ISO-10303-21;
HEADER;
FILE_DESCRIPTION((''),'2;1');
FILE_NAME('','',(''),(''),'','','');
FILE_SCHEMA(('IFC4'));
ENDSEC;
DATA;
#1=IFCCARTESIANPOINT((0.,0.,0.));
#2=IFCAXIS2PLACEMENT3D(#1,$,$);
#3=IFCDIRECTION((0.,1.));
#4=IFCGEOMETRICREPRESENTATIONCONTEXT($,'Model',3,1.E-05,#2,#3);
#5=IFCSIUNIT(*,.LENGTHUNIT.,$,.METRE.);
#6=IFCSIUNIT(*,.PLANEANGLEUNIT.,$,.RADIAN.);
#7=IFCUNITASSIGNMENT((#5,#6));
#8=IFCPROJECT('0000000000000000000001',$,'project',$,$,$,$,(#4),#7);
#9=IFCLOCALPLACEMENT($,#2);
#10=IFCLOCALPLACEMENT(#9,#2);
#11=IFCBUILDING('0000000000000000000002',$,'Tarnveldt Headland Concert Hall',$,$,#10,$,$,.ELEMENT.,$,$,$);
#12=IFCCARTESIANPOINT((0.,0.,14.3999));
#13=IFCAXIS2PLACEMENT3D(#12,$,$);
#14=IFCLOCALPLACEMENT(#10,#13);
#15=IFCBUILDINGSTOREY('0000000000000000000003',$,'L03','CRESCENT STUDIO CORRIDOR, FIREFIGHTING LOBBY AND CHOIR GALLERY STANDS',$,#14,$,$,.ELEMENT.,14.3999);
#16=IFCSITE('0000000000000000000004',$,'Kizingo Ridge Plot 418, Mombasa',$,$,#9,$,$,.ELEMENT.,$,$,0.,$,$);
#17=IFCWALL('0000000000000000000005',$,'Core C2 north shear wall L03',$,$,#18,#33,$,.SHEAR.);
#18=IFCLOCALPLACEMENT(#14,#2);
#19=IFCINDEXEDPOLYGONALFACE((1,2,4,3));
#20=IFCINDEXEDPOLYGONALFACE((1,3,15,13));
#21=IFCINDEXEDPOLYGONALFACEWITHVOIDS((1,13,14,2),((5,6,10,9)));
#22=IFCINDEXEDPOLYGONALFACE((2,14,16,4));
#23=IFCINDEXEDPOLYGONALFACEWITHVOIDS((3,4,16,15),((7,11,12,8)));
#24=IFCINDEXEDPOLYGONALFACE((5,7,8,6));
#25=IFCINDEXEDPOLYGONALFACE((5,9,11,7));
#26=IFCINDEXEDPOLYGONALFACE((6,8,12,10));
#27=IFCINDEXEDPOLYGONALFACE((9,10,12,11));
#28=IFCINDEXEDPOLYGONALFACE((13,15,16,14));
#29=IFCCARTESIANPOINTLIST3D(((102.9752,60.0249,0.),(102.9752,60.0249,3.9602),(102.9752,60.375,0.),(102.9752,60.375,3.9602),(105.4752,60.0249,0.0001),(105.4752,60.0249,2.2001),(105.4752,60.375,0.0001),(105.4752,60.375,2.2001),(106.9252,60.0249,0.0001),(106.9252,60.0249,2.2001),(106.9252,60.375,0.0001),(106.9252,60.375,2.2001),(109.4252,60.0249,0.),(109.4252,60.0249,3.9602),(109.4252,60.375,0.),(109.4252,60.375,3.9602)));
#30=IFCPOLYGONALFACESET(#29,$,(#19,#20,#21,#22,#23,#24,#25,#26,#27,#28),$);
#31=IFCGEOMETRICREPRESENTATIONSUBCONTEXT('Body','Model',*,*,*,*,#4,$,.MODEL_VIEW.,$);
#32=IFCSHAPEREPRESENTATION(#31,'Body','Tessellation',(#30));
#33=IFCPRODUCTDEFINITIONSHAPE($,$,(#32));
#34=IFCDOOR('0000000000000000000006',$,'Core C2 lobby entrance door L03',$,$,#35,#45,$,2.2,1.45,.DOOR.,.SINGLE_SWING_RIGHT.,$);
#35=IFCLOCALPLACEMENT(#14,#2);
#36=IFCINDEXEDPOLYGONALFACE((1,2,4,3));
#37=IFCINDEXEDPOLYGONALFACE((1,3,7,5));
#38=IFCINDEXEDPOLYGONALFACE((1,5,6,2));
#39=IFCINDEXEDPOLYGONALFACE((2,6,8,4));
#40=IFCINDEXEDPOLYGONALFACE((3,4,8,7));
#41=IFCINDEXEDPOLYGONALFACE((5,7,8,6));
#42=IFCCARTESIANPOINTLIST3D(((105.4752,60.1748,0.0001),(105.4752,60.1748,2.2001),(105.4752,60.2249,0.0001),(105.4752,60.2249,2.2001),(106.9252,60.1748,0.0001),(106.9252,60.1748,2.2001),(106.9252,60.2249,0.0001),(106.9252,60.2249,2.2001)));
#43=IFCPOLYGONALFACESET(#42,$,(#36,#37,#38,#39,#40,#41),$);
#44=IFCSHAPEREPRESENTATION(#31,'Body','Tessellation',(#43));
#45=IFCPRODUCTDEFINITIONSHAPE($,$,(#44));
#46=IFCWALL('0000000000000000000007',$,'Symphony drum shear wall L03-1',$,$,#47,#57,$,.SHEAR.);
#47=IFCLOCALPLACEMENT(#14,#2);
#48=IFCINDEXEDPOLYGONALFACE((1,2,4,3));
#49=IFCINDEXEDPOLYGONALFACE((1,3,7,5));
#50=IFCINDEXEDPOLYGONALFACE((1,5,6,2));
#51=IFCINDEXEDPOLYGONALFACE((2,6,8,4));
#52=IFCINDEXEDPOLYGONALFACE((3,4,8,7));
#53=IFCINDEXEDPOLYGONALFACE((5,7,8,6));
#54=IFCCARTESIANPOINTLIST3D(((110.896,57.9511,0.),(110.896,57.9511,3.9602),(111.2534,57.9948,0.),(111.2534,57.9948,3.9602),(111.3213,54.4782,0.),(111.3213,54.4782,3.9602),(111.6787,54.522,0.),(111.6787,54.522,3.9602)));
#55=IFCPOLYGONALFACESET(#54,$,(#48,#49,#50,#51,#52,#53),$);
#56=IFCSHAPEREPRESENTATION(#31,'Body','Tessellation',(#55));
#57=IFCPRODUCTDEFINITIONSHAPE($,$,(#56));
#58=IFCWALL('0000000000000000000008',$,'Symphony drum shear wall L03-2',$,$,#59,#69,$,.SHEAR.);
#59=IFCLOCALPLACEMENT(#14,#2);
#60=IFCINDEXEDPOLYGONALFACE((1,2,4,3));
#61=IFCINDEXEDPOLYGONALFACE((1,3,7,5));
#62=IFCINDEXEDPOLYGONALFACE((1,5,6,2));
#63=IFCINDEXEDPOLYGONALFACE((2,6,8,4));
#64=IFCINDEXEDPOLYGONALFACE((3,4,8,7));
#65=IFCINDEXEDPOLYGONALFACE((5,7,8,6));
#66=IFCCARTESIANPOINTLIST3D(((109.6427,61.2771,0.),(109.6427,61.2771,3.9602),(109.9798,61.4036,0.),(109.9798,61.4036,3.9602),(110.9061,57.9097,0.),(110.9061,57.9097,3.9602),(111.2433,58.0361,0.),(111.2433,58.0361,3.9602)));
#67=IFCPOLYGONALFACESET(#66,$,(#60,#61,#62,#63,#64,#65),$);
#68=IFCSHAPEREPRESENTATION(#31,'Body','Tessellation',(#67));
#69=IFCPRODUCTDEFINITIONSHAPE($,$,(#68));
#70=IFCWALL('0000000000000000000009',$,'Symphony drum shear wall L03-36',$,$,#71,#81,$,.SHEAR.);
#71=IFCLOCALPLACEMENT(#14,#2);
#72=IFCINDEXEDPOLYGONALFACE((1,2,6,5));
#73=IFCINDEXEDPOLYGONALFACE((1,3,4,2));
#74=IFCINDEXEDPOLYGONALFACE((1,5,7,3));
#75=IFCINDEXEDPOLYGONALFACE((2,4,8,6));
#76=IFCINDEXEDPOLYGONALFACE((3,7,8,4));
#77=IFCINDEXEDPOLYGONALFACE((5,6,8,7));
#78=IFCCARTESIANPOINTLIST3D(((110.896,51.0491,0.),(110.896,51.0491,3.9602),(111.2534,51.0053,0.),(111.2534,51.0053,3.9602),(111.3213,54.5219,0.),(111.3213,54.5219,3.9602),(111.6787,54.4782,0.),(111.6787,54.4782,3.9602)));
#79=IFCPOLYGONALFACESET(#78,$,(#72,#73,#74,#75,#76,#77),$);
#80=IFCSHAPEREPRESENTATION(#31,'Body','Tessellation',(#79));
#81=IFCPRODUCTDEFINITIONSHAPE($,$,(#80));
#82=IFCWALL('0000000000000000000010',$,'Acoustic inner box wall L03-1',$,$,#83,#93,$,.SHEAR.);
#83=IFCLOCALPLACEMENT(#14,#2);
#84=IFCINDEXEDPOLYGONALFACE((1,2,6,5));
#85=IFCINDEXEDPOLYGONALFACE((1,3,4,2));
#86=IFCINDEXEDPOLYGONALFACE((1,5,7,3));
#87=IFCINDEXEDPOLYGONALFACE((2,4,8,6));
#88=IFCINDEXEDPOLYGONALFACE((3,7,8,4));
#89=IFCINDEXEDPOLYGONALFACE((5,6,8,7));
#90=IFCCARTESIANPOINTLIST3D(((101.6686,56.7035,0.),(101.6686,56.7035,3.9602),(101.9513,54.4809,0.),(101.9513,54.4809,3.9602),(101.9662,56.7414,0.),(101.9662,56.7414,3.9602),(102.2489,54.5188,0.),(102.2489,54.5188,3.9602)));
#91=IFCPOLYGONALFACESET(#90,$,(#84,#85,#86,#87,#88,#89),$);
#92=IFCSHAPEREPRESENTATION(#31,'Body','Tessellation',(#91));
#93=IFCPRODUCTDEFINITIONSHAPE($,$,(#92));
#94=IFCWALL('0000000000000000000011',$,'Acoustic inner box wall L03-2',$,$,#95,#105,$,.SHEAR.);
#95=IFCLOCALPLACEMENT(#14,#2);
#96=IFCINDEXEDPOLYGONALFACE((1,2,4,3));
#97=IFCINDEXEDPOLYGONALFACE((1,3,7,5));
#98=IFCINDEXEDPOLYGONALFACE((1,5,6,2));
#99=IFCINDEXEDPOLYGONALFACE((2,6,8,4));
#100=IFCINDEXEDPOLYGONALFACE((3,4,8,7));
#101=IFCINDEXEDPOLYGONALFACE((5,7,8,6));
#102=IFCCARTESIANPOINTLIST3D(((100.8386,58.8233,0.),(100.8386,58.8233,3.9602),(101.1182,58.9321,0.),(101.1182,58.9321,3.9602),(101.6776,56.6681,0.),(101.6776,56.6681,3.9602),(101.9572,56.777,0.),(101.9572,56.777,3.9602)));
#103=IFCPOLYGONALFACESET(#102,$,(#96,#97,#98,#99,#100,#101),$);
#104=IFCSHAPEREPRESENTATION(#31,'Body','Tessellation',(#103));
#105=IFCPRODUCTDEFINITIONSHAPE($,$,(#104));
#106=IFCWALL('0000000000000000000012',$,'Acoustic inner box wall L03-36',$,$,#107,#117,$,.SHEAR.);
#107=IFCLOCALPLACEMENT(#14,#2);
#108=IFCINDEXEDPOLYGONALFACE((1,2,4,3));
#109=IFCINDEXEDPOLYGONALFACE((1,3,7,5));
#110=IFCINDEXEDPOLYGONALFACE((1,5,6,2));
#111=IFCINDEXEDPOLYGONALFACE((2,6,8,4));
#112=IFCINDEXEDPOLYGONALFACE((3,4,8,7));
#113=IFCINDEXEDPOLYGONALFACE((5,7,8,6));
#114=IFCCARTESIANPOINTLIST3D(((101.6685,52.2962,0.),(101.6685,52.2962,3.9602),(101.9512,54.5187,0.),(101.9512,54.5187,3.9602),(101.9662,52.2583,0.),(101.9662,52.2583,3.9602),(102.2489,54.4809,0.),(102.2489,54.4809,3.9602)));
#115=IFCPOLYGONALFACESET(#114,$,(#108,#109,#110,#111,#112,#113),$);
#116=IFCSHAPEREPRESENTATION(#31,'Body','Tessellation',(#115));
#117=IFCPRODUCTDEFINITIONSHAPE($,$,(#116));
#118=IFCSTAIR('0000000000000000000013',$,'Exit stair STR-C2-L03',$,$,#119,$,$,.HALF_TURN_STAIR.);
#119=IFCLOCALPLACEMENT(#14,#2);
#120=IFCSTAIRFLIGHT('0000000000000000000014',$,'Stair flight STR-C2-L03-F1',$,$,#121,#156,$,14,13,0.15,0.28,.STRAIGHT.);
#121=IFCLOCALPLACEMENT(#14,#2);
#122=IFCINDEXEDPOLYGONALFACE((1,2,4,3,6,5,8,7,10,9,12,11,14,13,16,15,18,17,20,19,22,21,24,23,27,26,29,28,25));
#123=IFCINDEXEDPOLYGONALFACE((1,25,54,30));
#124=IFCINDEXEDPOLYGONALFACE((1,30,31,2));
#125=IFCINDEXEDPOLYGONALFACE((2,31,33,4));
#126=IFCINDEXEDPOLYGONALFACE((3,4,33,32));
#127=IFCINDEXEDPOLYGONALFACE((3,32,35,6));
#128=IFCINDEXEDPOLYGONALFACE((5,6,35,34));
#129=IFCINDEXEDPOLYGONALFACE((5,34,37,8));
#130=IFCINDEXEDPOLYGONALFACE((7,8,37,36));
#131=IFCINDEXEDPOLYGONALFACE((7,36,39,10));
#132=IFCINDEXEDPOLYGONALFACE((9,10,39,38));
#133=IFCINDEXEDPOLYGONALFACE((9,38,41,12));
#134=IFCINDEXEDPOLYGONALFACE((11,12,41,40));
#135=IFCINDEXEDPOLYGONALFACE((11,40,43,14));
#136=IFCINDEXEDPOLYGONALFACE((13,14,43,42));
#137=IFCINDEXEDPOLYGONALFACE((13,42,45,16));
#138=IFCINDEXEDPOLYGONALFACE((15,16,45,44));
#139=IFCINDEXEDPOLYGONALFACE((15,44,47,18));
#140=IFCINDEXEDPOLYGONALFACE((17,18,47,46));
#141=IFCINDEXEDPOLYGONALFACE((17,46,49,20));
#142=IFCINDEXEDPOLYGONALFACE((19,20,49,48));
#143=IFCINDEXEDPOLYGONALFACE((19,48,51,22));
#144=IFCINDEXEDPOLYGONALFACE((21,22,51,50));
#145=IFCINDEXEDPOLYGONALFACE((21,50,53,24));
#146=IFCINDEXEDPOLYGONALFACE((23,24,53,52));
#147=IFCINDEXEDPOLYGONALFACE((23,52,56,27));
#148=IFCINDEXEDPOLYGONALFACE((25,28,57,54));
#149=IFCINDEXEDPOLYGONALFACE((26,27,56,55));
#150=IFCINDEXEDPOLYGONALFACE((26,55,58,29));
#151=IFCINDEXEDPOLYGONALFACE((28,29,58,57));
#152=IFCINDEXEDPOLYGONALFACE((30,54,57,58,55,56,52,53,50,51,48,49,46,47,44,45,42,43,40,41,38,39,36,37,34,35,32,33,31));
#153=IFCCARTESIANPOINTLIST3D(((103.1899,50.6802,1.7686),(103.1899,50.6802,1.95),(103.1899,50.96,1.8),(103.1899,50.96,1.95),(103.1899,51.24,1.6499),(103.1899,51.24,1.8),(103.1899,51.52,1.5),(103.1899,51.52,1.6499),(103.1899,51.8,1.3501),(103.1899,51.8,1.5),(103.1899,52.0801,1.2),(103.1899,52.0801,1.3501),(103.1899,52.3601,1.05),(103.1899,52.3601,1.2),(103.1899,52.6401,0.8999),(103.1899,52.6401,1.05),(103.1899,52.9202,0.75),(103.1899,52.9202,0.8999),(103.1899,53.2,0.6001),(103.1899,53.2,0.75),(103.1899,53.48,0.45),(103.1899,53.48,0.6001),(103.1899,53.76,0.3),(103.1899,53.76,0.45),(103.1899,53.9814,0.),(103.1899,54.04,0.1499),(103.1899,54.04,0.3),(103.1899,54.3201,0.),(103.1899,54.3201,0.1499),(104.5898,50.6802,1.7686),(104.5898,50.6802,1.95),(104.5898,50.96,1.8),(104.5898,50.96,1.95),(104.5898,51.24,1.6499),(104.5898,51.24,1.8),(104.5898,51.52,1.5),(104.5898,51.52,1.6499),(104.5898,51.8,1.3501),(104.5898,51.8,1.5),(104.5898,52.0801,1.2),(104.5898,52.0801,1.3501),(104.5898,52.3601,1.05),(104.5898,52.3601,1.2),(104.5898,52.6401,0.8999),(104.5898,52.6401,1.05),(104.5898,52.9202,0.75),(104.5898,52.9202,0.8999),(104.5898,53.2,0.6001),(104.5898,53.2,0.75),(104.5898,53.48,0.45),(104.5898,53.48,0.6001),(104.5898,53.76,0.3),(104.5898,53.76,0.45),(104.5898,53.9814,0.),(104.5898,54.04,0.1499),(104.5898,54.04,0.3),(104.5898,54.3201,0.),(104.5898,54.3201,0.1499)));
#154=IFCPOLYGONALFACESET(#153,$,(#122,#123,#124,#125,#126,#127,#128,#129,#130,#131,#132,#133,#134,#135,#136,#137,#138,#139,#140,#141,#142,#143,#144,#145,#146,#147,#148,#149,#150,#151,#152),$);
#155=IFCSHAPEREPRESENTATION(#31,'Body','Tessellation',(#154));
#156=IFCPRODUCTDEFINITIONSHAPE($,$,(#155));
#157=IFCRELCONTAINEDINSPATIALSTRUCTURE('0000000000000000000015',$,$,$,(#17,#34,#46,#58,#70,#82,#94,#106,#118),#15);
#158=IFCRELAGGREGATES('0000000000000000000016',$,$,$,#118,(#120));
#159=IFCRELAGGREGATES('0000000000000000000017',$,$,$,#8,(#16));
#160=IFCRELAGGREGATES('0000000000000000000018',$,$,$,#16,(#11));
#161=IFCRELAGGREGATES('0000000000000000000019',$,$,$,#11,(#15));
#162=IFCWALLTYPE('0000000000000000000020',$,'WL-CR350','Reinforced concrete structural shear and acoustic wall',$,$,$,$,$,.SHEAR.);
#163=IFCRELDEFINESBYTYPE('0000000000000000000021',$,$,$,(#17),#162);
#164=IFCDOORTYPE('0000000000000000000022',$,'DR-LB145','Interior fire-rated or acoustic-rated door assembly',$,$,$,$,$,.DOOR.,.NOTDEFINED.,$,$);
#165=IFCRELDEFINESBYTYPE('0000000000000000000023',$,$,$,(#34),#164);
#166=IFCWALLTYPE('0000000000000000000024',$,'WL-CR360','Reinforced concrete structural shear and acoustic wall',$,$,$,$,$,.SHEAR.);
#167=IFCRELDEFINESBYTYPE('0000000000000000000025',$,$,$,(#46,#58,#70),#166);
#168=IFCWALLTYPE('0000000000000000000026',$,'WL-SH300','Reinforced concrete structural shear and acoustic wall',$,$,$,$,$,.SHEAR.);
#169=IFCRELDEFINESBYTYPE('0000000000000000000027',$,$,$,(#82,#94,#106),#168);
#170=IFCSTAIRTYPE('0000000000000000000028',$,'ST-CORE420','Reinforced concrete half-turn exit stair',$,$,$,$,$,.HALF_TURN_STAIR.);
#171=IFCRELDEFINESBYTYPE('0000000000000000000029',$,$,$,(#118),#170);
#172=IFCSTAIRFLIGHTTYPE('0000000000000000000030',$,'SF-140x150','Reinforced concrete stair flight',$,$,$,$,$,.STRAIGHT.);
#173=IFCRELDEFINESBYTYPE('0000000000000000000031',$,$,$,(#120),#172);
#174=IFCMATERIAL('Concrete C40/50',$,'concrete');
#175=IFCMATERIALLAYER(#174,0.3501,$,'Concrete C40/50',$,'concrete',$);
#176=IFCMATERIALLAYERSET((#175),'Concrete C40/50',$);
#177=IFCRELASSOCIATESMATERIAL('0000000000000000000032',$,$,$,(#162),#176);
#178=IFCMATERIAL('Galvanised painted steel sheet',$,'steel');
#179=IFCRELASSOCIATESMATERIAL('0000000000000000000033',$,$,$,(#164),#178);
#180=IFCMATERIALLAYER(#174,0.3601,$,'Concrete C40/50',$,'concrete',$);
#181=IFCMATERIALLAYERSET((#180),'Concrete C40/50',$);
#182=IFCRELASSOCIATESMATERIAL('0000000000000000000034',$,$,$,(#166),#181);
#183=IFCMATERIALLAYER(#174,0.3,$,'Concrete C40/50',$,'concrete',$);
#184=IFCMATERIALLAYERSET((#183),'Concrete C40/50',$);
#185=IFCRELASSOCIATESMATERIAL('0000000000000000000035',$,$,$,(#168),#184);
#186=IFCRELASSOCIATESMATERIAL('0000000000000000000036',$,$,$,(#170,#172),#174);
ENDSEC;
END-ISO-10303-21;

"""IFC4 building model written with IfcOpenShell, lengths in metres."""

from ifc_helpers import new_model, si_unit, direction, frame, frame_2d, origin, place, context, subcontext, project, spatial, polyline, rectangle, outline, extrude, material, layer, layer_set, type_object, element, fill, aggregate, save


model = new_model("IFC4")

# Units and contexts
model_context = context("Model", 3, precision=1e-05, world=origin(), true_north=direction((0.0, 1.0)))
body_context = subcontext(model_context, "Body", "Model", "MODEL_VIEW")
ifc_project = project(units=[si_unit("LENGTHUNIT", "METRE"), si_unit("PLANEANGLEUNIT", "RADIAN")], contexts=[model_context])

# Site, building, storey
site_placement = place(None, origin())
site = spatial("IfcSite", under=ifc_project, at=site_placement, Name="Kizingo Ridge Plot 418, Mombasa", CompositionType="ELEMENT", RefElevation=0.0)
building_placement = place(site_placement, origin())
building = spatial("IfcBuilding", under=site, at=building_placement, Name="Tarnveldt Headland Concert Hall", CompositionType="ELEMENT")
storey_placement = place(building_placement, frame((0.0, 0.0, 14.3999)))
storey = spatial("IfcBuildingStorey", under=building, at=storey_placement, Name="L03", Description="CRESCENT STUDIO CORRIDOR, FIREFIGHTING LOBBY AND CHOIR GALLERY STANDS", CompositionType="ELEMENT", Elevation=14.3999)

# Shared definitions
ifc_material_1 = material(Name="Concrete C40/50", Category="concrete")

# Wall, opening, door
ifc_layer_1 = layer(ifc_material_1, 0.3501, Name="Concrete C40/50", Category="concrete")
ifc_layer_set_1 = layer_set([ifc_layer_1], Name="Concrete C40/50")
wall_type_1 = type_object("IfcWallType", Name="WL-CR350", Description="Reinforced concrete structural shear and acoustic wall", PredefinedType="SHEAR", material=ifc_layer_set_1)
wall_1_placement = place(storey_placement, frame((102.9751, 60.2, 0.0), z_axis=(0.0, 0.0, 1.0), x_axis=(1.0, 0.0, 0.0)))
wall_1 = element("IfcWall", 1, at=wall_1_placement, inside=storey, type_object=wall_type_1, Name="Core C2 north shear wall L03", PredefinedType="SHEAR", context=body_context, shape_type="SweptSolid", body=[
    extrude(rectangle(XDim=6.45, YDim=0.3501, at=frame_2d((3.2251, 0.0))), origin(), (0.0, 0.0, 1.0), 3.9602),
])
opening_1_placement = place(wall_1_placement, frame((2.5, 0.0, 0.0)))
opening_1 = element("IfcOpeningElement", 2, at=opening_1_placement, cuts=wall_1, PredefinedType="OPENING", context=body_context, shape_type="SweptSolid", body=[
    extrude(rectangle(XDim=1.45, YDim=2.2, at=frame_2d((0.7251, 1.1001))), frame((0.0, 0.1851, 0.0), z_axis=(0.0, -1.0, 0.0), x_axis=(1.0, 0.0, 0.0)), (0.0, 0.0, 1.0), 0.3701),
])
ifc_material_2 = material(Name="Galvanised painted steel sheet", Category="steel")
door_type_1 = type_object("IfcDoorType", Name="DR-LB145", Description="Interior fire-rated or acoustic-rated door assembly", OperationType="NOTDEFINED", PredefinedType="DOOR", material=ifc_material_2)
door_1_placement = place(opening_1_placement, origin())
door_1 = element("IfcDoor", 3, at=door_1_placement, inside=storey, type_object=door_type_1, Name="Core C2 lobby entrance door L03", OperationType="SINGLE_SWING_RIGHT", OverallHeight=2.2, OverallWidth=1.45, PredefinedType="DOOR", context=body_context, shape_type="SweptSolid", body=[
    extrude(rectangle(XDim=1.45, YDim=2.2, at=frame_2d((0.7251, 1.1001))), frame((0.0, 0.0249, 0.0), z_axis=(0.0, -1.0, 0.0), x_axis=(1.0, 0.0, 0.0)), (0.0, 0.0, 1.0), 0.05),
])
fill(opening_1, door_1)

# Walls
ifc_layer_2 = layer(ifc_material_1, 0.3601, Name="Concrete C40/50", Category="concrete")
ifc_layer_set_2 = layer_set([ifc_layer_2], Name="Concrete C40/50")
wall_type_2 = type_object("IfcWallType", Name="WL-CR360", Description="Reinforced concrete structural shear and acoustic wall", PredefinedType="SHEAR", material=ifc_layer_set_2)
wall_2_placement = place(storey_placement, frame((111.5, 54.5, 0.0), z_axis=(0.0, 0.0, 1.0), x_axis=(-0.121552, 0.992585, 0.0)))
element("IfcWall", 4, at=wall_2_placement, inside=storey, type_object=wall_type_2, Name="Symphony drum shear wall L03-1", PredefinedType="SHEAR", context=body_context, shape_type="SweptSolid", body=[
    extrude(rectangle(XDim=3.4988, YDim=0.3601, at=frame_2d((1.7495, 0.0))), origin(), (0.0, 0.0, 1.0), 3.9602),
])
wall_3_placement = place(storey_placement, frame((111.0747, 57.9729, 0.0), z_axis=(0.0, 0.0, 1.0), x_axis=(-0.35128, 0.936271, 0.0)))
element("IfcWall", 5, at=wall_3_placement, inside=storey, type_object=wall_type_2, Name="Symphony drum shear wall L03-2", PredefinedType="SHEAR", context=body_context, shape_type="SweptSolid", body=[
    extrude(rectangle(XDim=3.5967, YDim=0.3601, at=frame_2d((1.7983, 0.0))), origin(), (0.0, 0.0, 1.0), 3.9602),
])
wall_4_placement = place(storey_placement, frame((111.0747, 51.0271, 0.0), z_axis=(0.0, 0.0, 1.0), x_axis=(0.121552, 0.992585, 0.0)))
element("IfcWall", 6, at=wall_4_placement, inside=storey, type_object=wall_type_2, Name="Symphony drum shear wall L03-36", PredefinedType="SHEAR", context=body_context, shape_type="SweptSolid", body=[
    extrude(rectangle(XDim=3.4988, YDim=0.3601, at=frame_2d((1.7495, 0.0))), origin(), (0.0, 0.0, 1.0), 3.9602),
])

# Walls
ifc_layer_3 = layer(ifc_material_1, 0.3, Name="Concrete C40/50", Category="concrete")
ifc_layer_set_3 = layer_set([ifc_layer_3], Name="Concrete C40/50")
wall_type_3 = type_object("IfcWallType", Name="WL-SH300", Description="Reinforced concrete structural shear and acoustic wall", PredefinedType="SHEAR", material=ifc_layer_set_3)
wall_5_placement = place(storey_placement, frame((102.1001, 54.5, 0.0), z_axis=(0.0, 0.0, 1.0), x_axis=(-0.12618, 0.992007, 0.0)))
element("IfcWall", 7, at=wall_5_placement, inside=storey, type_object=wall_type_3, Name="Acoustic inner box wall L03-1", PredefinedType="SHEAR", context=body_context, shape_type="SweptSolid", body=[
    extrude(rectangle(XDim=2.2405, YDim=0.3, at=frame_2d((1.1201, 0.0))), origin(), (0.0, 0.0, 1.0), 3.9602),
])
wall_6_placement = place(storey_placement, frame((101.8174, 56.7227, 0.0), z_axis=(0.0, 0.0, 1.0), x_axis=(-0.362803, 0.931866, 0.0)))
element("IfcWall", 8, at=wall_6_placement, inside=storey, type_object=wall_type_3, Name="Acoustic inner box wall L03-2", PredefinedType="SHEAR", context=body_context, shape_type="SweptSolid", body=[
    extrude(rectangle(XDim=2.3127, YDim=0.3, at=frame_2d((1.1562, 0.0))), origin(), (0.0, 0.0, 1.0), 3.9602),
])
wall_7_placement = place(storey_placement, frame((101.8174, 52.2773, 0.0), z_axis=(0.0, 0.0, 1.0), x_axis=(0.12618, 0.992007, 0.0)))
element("IfcWall", 9, at=wall_7_placement, inside=storey, type_object=wall_type_3, Name="Acoustic inner box wall L03-36", PredefinedType="SHEAR", context=body_context, shape_type="SweptSolid", body=[
    extrude(rectangle(XDim=2.2405, YDim=0.3, at=frame_2d((1.1201, 0.0))), origin(), (0.0, 0.0, 1.0), 3.9602),
])

# Stair, stair flight
stair_type = type_object("IfcStairType", Name="ST-CORE420", Description="Reinforced concrete half-turn exit stair", PredefinedType="HALF_TURN_STAIR", material=ifc_material_1)
stair_placement = place(storey_placement, origin())
stair = element("IfcStair", 10, at=stair_placement, inside=storey, type_object=stair_type, Name="Exit stair STR-C2-L03", PredefinedType="HALF_TURN_STAIR")
stair_flight_type = type_object("IfcStairFlightType", Name="SF-140x150", Description="Reinforced concrete stair flight", PredefinedType="STRAIGHT", material=ifc_material_1)
stair_flight_1_placement = place(storey_placement, frame((103.8899, 54.3201, 0.0), z_axis=(0.0, 0.0, 1.0), x_axis=(0.0, -1.0, 0.0)))
stair_flight_1 = element("IfcStairFlight", 11, at=stair_flight_1_placement, type_object=stair_flight_type, Name="Stair flight STR-C2-L03-F1", NumberOfRisers=14, NumberOfTreads=13, PredefinedType="STRAIGHT", RiserHeight=0.15, TreadLength=0.28, context=body_context, shape_type="SweptSolid", body=[
    extrude(outline(polyline([(0.0, 0.0), (0.0, 0.1499), (0.28, 0.1499), (0.28, 0.3), (0.5601, 0.3), (0.5601, 0.45), (0.8401, 0.45), (0.8401, 0.6001), (1.1201, 0.6001), (1.1201, 0.75), (1.3999, 0.75), (1.3999, 0.8999), (1.6799, 0.8999), (1.6799, 1.05), (1.96, 1.05), (1.96, 1.2), (2.24, 1.2), (2.24, 1.3501), (2.52, 1.3501), (2.52, 1.5), (2.8, 1.5), (2.8, 1.6499), (3.0801, 1.6499), (3.0801, 1.8), (3.3601, 1.8), (3.3601, 1.95), (3.6399, 1.95), (3.6399, 2.1001), (3.6399, 1.7686), (0.3386, 0.0), (0.0, 0.0)])), frame((0.0, 0.7, 0.0), z_axis=(0.0, -1.0, 0.0), x_axis=(1.0, 0.0, 0.0)), (0.0, 0.0, 1.0), 1.3999),
])
aggregate(stair, [stair_flight_1])

save(model, "model.ifc")
